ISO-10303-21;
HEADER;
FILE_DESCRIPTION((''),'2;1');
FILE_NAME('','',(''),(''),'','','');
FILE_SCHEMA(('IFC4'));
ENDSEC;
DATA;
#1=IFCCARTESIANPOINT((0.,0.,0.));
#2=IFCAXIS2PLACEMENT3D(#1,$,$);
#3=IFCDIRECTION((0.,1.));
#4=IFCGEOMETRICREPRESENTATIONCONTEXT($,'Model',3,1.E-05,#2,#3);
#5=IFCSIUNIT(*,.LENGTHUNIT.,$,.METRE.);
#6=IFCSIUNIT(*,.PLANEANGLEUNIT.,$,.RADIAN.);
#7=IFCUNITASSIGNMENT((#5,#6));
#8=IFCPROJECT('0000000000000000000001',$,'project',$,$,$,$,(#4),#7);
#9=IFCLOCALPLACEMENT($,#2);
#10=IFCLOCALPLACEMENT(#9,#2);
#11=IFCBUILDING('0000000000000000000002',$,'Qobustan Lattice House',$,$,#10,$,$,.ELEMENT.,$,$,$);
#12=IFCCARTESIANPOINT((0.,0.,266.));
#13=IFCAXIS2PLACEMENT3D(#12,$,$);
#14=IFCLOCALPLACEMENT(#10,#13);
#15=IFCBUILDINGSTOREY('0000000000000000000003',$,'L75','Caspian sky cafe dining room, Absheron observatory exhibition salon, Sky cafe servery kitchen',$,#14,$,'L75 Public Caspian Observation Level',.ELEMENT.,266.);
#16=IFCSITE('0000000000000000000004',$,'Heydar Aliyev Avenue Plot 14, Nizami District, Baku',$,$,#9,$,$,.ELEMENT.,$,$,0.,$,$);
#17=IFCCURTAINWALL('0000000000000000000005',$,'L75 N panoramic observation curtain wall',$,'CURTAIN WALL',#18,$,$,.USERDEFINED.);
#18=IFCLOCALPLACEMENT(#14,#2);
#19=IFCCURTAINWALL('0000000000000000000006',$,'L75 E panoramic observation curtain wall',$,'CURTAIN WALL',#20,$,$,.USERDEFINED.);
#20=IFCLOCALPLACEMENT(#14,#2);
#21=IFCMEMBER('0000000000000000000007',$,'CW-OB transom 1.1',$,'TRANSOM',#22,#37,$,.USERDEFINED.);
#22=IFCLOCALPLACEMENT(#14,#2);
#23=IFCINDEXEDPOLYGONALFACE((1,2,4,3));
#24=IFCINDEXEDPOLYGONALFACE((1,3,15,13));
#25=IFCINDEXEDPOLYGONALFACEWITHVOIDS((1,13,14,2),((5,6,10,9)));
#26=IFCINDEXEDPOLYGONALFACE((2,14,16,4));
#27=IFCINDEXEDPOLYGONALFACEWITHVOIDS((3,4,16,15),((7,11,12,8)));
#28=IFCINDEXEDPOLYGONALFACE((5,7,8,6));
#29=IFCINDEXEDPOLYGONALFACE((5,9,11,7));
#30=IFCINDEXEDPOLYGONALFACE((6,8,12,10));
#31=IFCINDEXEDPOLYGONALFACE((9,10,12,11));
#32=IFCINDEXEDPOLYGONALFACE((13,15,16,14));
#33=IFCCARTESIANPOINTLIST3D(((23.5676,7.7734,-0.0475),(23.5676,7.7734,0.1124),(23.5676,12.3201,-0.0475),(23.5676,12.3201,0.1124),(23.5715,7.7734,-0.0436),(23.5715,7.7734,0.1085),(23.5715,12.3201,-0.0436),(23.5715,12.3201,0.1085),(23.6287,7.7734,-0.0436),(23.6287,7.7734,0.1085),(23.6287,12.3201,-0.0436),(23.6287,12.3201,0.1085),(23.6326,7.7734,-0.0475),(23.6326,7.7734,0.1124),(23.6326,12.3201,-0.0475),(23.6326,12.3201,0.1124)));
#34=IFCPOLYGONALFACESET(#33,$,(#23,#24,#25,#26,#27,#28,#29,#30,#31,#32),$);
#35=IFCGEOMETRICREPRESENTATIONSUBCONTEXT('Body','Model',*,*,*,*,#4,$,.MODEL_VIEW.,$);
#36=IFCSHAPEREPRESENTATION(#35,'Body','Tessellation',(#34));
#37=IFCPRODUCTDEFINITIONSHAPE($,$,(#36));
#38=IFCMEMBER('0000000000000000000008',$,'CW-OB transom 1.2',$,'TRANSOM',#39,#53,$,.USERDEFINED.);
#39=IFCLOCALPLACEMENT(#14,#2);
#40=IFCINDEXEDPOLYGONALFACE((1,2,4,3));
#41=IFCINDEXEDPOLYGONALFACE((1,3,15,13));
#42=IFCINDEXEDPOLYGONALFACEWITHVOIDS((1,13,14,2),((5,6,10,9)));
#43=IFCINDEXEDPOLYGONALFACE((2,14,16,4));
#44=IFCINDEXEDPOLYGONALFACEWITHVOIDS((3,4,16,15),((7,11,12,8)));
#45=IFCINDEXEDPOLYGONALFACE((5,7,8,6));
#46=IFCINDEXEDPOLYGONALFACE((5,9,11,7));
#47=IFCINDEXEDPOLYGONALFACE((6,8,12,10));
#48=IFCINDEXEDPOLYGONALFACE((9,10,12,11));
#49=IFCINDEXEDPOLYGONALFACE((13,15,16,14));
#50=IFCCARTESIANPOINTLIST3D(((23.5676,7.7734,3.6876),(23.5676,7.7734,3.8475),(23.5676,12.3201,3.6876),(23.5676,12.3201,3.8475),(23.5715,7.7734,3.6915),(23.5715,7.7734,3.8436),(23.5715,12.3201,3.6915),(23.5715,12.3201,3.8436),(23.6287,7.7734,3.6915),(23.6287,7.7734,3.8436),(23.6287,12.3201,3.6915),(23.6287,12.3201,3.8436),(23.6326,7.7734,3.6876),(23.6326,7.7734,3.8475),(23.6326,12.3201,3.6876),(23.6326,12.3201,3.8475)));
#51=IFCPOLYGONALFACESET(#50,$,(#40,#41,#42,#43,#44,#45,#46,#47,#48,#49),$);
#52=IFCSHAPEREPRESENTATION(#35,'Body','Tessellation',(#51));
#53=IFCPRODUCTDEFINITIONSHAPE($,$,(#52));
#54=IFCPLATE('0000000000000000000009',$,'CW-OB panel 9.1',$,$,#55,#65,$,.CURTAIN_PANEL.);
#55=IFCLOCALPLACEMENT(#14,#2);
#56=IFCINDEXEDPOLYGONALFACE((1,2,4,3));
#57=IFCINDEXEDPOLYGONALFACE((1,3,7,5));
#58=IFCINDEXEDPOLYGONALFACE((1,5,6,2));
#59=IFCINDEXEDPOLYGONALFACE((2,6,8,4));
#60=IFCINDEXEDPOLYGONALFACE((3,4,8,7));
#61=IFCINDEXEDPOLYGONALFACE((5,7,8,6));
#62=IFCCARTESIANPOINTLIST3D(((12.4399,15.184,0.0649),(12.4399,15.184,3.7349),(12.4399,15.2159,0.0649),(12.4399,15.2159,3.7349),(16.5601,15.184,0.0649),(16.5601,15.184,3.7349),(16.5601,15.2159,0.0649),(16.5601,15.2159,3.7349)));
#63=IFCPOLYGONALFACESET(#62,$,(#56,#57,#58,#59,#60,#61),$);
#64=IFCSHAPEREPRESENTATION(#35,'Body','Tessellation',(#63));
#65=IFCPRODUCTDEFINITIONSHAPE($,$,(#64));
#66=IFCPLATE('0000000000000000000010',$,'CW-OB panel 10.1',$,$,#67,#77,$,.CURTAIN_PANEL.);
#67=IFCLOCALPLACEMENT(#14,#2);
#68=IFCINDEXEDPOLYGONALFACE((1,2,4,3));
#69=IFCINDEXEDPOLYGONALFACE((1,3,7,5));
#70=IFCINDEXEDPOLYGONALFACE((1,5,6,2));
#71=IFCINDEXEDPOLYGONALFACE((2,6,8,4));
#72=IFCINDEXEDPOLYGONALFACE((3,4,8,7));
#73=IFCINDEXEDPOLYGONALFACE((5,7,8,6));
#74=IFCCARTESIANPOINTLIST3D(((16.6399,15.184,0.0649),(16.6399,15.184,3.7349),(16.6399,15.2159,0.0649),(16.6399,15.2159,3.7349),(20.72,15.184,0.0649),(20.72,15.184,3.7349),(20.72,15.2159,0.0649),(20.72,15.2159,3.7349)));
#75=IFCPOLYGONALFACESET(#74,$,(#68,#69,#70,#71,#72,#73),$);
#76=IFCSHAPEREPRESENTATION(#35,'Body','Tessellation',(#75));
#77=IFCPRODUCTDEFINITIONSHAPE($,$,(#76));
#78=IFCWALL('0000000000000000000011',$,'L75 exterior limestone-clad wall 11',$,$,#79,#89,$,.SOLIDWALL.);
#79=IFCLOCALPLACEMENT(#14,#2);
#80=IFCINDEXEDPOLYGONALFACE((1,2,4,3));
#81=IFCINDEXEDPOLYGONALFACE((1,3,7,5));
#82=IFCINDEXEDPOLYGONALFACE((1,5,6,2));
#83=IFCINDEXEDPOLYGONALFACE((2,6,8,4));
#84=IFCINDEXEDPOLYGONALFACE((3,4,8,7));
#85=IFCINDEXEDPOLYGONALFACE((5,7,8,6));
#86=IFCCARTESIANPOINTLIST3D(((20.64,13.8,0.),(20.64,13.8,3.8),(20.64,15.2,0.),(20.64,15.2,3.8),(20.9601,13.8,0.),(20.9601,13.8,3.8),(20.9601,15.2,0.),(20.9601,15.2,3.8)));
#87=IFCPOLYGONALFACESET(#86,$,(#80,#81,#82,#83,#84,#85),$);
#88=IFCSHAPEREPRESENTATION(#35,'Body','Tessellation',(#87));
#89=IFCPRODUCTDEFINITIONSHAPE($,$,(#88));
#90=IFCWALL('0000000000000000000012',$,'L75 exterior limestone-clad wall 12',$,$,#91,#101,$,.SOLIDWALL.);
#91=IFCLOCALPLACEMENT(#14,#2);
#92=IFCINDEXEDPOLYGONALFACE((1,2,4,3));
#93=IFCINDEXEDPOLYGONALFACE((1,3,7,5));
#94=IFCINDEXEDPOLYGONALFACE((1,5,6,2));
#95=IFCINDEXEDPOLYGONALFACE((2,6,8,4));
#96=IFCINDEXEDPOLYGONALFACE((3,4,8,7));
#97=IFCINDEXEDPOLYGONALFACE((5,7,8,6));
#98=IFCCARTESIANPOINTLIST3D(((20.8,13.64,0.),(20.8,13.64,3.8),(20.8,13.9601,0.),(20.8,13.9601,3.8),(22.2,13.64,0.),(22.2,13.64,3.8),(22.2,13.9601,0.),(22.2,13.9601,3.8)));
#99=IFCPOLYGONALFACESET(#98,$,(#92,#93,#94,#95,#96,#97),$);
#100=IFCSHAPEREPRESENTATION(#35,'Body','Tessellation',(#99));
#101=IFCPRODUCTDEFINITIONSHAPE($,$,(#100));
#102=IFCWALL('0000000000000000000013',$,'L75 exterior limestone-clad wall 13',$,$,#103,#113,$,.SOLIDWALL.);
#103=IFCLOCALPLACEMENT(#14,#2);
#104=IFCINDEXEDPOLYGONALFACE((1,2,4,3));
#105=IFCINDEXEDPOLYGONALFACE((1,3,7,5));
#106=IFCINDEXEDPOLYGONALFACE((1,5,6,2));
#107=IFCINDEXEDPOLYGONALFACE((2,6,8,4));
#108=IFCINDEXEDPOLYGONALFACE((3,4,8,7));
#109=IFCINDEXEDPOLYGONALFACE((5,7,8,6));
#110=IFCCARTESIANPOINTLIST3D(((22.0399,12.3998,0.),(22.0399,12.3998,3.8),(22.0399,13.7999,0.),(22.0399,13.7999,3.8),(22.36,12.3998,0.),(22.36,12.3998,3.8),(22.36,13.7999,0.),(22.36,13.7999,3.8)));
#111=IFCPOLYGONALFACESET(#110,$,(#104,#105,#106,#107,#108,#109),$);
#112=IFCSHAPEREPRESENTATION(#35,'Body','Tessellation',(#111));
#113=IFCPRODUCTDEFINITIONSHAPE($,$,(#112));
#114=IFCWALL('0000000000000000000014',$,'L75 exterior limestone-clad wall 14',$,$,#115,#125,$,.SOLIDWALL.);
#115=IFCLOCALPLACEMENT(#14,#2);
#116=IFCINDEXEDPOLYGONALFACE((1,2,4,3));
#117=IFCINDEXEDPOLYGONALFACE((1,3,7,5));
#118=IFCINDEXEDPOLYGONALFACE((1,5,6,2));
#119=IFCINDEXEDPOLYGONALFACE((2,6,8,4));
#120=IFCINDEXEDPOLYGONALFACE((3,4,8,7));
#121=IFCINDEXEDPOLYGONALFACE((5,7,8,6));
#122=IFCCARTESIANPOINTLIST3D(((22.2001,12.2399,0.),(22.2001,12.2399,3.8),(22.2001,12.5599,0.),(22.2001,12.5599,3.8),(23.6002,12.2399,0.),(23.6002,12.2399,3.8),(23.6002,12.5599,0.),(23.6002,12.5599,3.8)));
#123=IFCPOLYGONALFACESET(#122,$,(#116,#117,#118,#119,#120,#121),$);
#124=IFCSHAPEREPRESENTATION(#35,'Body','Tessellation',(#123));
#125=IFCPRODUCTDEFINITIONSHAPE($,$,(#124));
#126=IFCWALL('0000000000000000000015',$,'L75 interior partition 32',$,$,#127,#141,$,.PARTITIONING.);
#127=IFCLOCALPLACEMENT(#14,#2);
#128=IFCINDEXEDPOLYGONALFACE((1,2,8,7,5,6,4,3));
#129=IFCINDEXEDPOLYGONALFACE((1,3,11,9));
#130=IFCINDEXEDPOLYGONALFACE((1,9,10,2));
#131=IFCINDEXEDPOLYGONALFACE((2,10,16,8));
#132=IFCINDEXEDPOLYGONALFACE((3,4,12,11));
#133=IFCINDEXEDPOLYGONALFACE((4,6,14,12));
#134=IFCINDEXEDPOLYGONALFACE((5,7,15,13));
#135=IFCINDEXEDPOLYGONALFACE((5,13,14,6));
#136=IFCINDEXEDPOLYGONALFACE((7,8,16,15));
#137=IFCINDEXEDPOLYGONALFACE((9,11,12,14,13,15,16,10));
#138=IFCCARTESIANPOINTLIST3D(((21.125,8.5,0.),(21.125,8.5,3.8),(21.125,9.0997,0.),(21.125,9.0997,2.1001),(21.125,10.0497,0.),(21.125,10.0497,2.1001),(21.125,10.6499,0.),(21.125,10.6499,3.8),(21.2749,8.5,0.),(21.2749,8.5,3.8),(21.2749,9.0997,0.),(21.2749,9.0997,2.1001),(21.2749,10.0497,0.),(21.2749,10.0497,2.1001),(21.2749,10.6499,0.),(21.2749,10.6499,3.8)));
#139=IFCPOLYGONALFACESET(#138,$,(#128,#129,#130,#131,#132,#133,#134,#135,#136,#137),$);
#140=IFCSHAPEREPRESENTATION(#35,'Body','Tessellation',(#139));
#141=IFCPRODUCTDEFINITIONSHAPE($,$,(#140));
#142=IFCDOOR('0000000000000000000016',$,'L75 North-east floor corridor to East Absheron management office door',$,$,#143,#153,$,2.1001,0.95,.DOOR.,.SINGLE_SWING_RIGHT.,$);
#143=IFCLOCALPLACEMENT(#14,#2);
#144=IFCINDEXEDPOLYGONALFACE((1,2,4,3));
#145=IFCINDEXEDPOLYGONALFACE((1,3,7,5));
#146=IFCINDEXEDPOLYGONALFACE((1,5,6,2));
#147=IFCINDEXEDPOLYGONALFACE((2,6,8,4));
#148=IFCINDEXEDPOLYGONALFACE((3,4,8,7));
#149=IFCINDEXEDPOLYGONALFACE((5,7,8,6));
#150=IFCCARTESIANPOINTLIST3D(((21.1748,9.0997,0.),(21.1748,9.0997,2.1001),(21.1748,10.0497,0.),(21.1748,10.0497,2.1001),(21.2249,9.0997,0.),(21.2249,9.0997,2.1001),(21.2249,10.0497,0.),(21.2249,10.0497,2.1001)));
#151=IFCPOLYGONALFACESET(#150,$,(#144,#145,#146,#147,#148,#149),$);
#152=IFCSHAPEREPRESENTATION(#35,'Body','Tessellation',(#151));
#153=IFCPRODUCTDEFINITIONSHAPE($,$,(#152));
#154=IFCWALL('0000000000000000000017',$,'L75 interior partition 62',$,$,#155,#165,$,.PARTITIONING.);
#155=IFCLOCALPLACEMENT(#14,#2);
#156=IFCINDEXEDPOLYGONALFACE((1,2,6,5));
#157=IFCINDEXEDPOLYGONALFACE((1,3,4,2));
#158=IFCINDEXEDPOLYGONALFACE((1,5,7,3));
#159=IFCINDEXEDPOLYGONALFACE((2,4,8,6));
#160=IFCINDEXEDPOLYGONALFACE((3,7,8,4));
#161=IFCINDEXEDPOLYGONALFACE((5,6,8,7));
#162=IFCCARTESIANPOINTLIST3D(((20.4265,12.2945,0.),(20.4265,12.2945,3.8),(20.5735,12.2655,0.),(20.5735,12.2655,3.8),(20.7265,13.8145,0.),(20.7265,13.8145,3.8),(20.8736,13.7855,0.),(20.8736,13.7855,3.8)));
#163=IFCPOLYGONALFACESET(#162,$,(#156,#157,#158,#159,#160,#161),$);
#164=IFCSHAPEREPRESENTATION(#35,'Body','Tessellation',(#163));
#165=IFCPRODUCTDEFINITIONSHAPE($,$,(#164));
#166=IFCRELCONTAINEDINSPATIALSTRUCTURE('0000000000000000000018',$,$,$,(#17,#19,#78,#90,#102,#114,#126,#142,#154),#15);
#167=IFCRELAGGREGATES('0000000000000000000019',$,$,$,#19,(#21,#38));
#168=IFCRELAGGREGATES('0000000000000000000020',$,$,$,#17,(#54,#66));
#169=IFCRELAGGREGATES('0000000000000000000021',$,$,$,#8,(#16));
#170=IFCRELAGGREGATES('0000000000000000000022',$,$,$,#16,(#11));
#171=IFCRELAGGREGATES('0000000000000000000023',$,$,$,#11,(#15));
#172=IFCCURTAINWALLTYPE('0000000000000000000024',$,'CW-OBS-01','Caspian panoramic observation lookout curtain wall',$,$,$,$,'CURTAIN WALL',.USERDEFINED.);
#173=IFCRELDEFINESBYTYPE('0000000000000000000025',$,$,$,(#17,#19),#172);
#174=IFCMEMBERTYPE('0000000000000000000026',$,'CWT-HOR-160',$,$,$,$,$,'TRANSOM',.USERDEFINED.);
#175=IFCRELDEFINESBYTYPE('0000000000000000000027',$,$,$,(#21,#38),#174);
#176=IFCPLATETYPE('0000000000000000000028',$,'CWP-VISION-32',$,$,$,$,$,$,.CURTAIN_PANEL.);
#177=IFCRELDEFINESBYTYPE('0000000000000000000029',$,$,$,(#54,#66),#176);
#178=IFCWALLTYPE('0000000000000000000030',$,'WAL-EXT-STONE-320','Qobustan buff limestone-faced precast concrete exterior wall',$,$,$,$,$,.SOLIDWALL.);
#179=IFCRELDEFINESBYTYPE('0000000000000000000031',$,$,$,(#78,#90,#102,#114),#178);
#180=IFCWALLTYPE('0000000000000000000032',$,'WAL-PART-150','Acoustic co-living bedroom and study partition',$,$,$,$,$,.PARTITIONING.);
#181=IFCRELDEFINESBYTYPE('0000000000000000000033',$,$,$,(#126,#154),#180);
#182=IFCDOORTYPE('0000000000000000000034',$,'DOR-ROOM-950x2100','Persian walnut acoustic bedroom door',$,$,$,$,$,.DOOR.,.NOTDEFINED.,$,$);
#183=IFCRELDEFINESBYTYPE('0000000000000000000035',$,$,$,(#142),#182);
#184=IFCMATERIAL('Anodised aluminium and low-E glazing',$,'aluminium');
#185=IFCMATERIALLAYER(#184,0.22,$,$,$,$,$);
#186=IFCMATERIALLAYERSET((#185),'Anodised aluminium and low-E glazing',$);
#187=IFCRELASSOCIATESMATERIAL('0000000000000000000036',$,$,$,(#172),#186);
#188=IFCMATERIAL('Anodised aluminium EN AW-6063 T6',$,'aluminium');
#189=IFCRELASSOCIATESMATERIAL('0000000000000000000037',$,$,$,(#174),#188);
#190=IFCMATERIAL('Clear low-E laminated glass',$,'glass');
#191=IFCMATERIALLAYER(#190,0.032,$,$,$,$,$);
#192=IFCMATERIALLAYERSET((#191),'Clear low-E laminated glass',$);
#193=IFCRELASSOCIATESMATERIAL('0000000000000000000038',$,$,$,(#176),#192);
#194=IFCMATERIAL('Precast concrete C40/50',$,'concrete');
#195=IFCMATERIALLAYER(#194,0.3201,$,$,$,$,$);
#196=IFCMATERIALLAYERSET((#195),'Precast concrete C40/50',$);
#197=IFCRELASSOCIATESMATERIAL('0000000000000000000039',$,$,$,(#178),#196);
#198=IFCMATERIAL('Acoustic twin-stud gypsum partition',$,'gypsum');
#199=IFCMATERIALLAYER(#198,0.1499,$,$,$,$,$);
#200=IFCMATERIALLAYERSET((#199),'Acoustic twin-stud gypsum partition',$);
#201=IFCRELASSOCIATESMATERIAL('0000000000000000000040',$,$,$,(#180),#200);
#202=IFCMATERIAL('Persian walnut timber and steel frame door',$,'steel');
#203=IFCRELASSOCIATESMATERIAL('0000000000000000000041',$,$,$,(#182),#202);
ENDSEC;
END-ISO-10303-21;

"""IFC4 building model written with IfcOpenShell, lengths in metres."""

from ifc_helpers import new_model, si_unit, direction, frame, frame_2d, origin, origin_2d, place, context, subcontext, project, spatial, rectangle, hollow_rectangle, extrude, material, layer, layer_set, material_profile, profile_set, type_object, element, fill, aggregate, save


model = new_model("IFC4")

# Units and contexts
model_context = context("Model", 3, precision=1e-05, world=origin(), true_north=direction((0.0, 1.0)))
body_context = subcontext(model_context, "Body", "Model", "MODEL_VIEW")
ifc_project = project(units=[si_unit("LENGTHUNIT", "METRE"), si_unit("PLANEANGLEUNIT", "RADIAN")], contexts=[model_context])

# Site, building, storey
site_placement = place(None, origin())
site = spatial("IfcSite", under=ifc_project, at=site_placement, Name="Heydar Aliyev Avenue Plot 14, Nizami District, Baku", CompositionType="ELEMENT", RefElevation=0.0)
building_placement = place(site_placement, origin())
building = spatial("IfcBuilding", under=site, at=building_placement, Name="Qobustan Lattice House", CompositionType="ELEMENT")
storey_placement = place(building_placement, frame((0.0, 0.0, 266.0)))
storey = spatial("IfcBuildingStorey", under=building, at=storey_placement, Name="L75", Description="Caspian sky cafe dining room, Absheron observatory exhibition salon, Sky cafe servery kitchen", LongName="L75 Public Caspian Observation Level", CompositionType="ELEMENT", Elevation=266.0)

# Curtain wall
ifc_material_1 = material(Name="Anodised aluminium and low-E glazing", Category="aluminium")
ifc_layer_1 = layer(ifc_material_1, 0.22)
ifc_layer_set_1 = layer_set([ifc_layer_1], Name="Anodised aluminium and low-E glazing")
curtain_wall_type = type_object("IfcCurtainWallType", Name="CW-OBS-01", Description="Caspian panoramic observation lookout curtain wall", ElementType="CURTAIN WALL", PredefinedType="USERDEFINED", material=ifc_layer_set_1)
curtain_wall_1_placement = place(storey_placement, origin())
curtain_wall_1 = element("IfcCurtainWall", 1, at=curtain_wall_1_placement, inside=storey, type_object=curtain_wall_type, Name="L75 N panoramic observation curtain wall", ObjectType="CURTAIN WALL", PredefinedType="USERDEFINED")

# Curtain wall
curtain_wall_2_placement = place(storey_placement, origin())
curtain_wall_2 = element("IfcCurtainWall", 2, at=curtain_wall_2_placement, inside=storey, type_object=curtain_wall_type, Name="L75 E panoramic observation curtain wall", ObjectType="CURTAIN WALL", PredefinedType="USERDEFINED")

# Members
ifc_material_2 = material(Name="Anodised aluminium EN AW-6063 T6", Category="aluminium")
ifc_material_profile_1 = material_profile(ifc_material_2, hollow_rectangle(XDim=0.0649, YDim=0.1599, WallThickness=0.0039, at=origin_2d()), Name="CWT-160x65")
ifc_profile_set_1 = profile_set([ifc_material_profile_1], Name="Anodised aluminium EN AW-6063 T6")
member_type_1 = type_object("IfcMemberType", Name="CWT-HOR-160", ElementType="TRANSOM", PredefinedType="USERDEFINED", material=ifc_profile_set_1)
member_1_placement = place(storey_placement, frame((23.6001, 12.3201, 0.0325), z_axis=(0.0, -1.0, 0.0), x_axis=(1.0, 0.0, 0.0)))
member_1 = element("IfcMember", 3, at=member_1_placement, type_object=member_type_1, Name="CW-OB transom 1.1", ObjectType="TRANSOM", PredefinedType="USERDEFINED", context=body_context, shape_type="SweptSolid", body=[
    extrude(hollow_rectangle(XDim=0.0649, YDim=0.1599, WallThickness=0.0039, at=origin_2d()), origin(), (0.0, 0.0, 1.0), 4.5466),
])
member_2_placement = place(storey_placement, frame((23.6001, 12.3201, 3.7676), z_axis=(0.0, -1.0, 0.0), x_axis=(1.0, 0.0, 0.0)))
member_2 = element("IfcMember", 4, at=member_2_placement, type_object=member_type_1, Name="CW-OB transom 1.2", ObjectType="TRANSOM", PredefinedType="USERDEFINED", context=body_context, shape_type="SweptSolid", body=[
    extrude(hollow_rectangle(XDim=0.0649, YDim=0.1599, WallThickness=0.0039, at=origin_2d()), origin(), (0.0, 0.0, 1.0), 4.5466),
])
aggregate(curtain_wall_2, [member_1, member_2])

# Plates
ifc_material_3 = material(Name="Clear low-E laminated glass", Category="glass")
ifc_layer_2 = layer(ifc_material_3, 0.032)
ifc_layer_set_2 = layer_set([ifc_layer_2], Name="Clear low-E laminated glass")
plate_type = type_object("IfcPlateType", Name="CWP-VISION-32", PredefinedType="CURTAIN_PANEL", material=ifc_layer_set_2)
plate_1_placement = place(storey_placement, frame((14.5, 15.2, 0.0649), z_axis=(0.0, 0.0, 1.0), x_axis=(1.0, 0.0, 0.0)))
plate_1 = element("IfcPlate", 5, at=plate_1_placement, type_object=plate_type, Name="CW-OB panel 9.1", PredefinedType="CURTAIN_PANEL", context=body_context, shape_type="SweptSolid", body=[
    extrude(rectangle(XDim=4.1201, YDim=0.032, at=origin_2d()), origin(), (0.0, 0.0, 1.0), 3.6699),
])
plate_2_placement = place(storey_placement, frame((18.6799, 15.2, 0.0649), z_axis=(0.0, 0.0, 1.0), x_axis=(1.0, 0.0, 0.0)))
plate_2 = element("IfcPlate", 6, at=plate_2_placement, type_object=plate_type, Name="CW-OB panel 10.1", PredefinedType="CURTAIN_PANEL", context=body_context, shape_type="SweptSolid", body=[
    extrude(rectangle(XDim=4.0801, YDim=0.032, at=origin_2d()), origin(), (0.0, 0.0, 1.0), 3.6699),
])
aggregate(curtain_wall_1, [plate_1, plate_2])

# Walls
ifc_material_4 = material(Name="Precast concrete C40/50", Category="concrete")
ifc_layer_3 = layer(ifc_material_4, 0.3201)
ifc_layer_set_3 = layer_set([ifc_layer_3], Name="Precast concrete C40/50")
wall_type_1 = type_object("IfcWallType", Name="WAL-EXT-STONE-320", Description="Qobustan buff limestone-faced precast concrete exterior wall", PredefinedType="SOLIDWALL", material=ifc_layer_set_3)
for number, where, z_axis, x_axis, name in (
    (7, (20.8, 15.2, 0.0), (0.0, 0.0, 1.0), (0.0, -1.0, 0.0), "L75 exterior limestone-clad wall 11"),
    (8, (20.8, 13.8, 0.0), (0.0, 0.0, 1.0), (1.0, 0.0, 0.0), "L75 exterior limestone-clad wall 12"),
):
    element("IfcWall", number, at=place(storey_placement, frame(where, z_axis=z_axis, x_axis=x_axis)), inside=storey, type_object=wall_type_1, Name=name, PredefinedType="SOLIDWALL", context=body_context, shape_type="SweptSolid", body=[
        extrude(rectangle(XDim=1.3999, YDim=0.3201, at=frame_2d((0.7, 0.0))), origin(), (0.0, 0.0, 1.0), 3.8),
    ])
for number, where, z_axis, x_axis, name in (
    (9, (22.2, 13.8, 0.0), (0.0, 0.0, 1.0), (0.0, -1.0, 0.0), "L75 exterior limestone-clad wall 13"),
    (10, (22.2, 12.3999, 0.0), (0.0, 0.0, 1.0), (1.0, 0.0, 0.0), "L75 exterior limestone-clad wall 14"),
):
    element("IfcWall", number, at=place(storey_placement, frame(where, z_axis=z_axis, x_axis=x_axis)), inside=storey, type_object=wall_type_1, Name=name, PredefinedType="SOLIDWALL", context=body_context, shape_type="SweptSolid", body=[
        extrude(rectangle(XDim=1.4001, YDim=0.3201, at=frame_2d((0.7002, 0.0))), origin(), (0.0, 0.0, 1.0), 3.8),
    ])

# Wall, opening, door
ifc_material_5 = material(Name="Acoustic twin-stud gypsum partition", Category="gypsum")
ifc_layer_4 = layer(ifc_material_5, 0.1499)
ifc_layer_set_4 = layer_set([ifc_layer_4], Name="Acoustic twin-stud gypsum partition")
wall_type_2 = type_object("IfcWallType", Name="WAL-PART-150", Description="Acoustic co-living bedroom and study partition", PredefinedType="PARTITIONING", material=ifc_layer_set_4)
wall_1_placement = place(storey_placement, frame((21.2, 10.6499, 0.0), z_axis=(0.0, 0.0, 1.0), x_axis=(0.0, -1.0, 0.0)))
wall_1 = element("IfcWall", 11, at=wall_1_placement, inside=storey, type_object=wall_type_2, Name="L75 interior partition 32", PredefinedType="PARTITIONING", context=body_context, shape_type="SweptSolid", body=[
    extrude(rectangle(XDim=2.1499, YDim=0.1499, at=frame_2d((1.075, 0.0))), origin(), (0.0, 0.0, 1.0), 3.8),
])
opening_placement = place(wall_1_placement, frame((0.6001, 0.0, 0.0)))
opening = element("IfcOpeningElement", 12, at=opening_placement, cuts=wall_1, PredefinedType="OPENING", context=body_context, shape_type="SweptSolid", body=[
    extrude(rectangle(XDim=0.95, YDim=2.1001, at=frame_2d((0.4751, 1.05))), frame((0.0, 0.085, 0.0), z_axis=(0.0, -1.0, 0.0), x_axis=(1.0, 0.0, 0.0)), (0.0, 0.0, 1.0), 0.1699),
])
ifc_material_6 = material(Name="Persian walnut timber and steel frame door", Category="steel")
door_type = type_object("IfcDoorType", Name="DOR-ROOM-950x2100", Description="Persian walnut acoustic bedroom door", OperationType="NOTDEFINED", PredefinedType="DOOR", material=ifc_material_6)
door_placement = place(opening_placement, origin())
door = element("IfcDoor", 13, at=door_placement, inside=storey, type_object=door_type, Name="L75 North-east floor corridor to East Absheron management office door", OperationType="SINGLE_SWING_RIGHT", OverallHeight=2.1001, OverallWidth=0.95, PredefinedType="DOOR", context=body_context, shape_type="SweptSolid", body=[
    extrude(rectangle(XDim=0.95, YDim=2.1001, at=frame_2d((0.4751, 1.05))), frame((0.0, 0.0249, 0.0), z_axis=(0.0, -1.0, 0.0), x_axis=(1.0, 0.0, 0.0)), (0.0, 0.0, 1.0), 0.05),
])
fill(opening, door)

# Wall
wall_2_placement = place(storey_placement, frame((20.5, 12.28, 0.0), z_axis=(0.0, 0.0, 1.0), x_axis=(0.193661, 0.981069, 0.0)))
element("IfcWall", 14, at=wall_2_placement, inside=storey, type_object=wall_type_2, Name="L75 interior partition 62", PredefinedType="PARTITIONING", context=body_context, shape_type="SweptSolid", body=[
    extrude(rectangle(XDim=1.5493, YDim=0.1499, at=frame_2d((0.7747, 0.0))), origin(), (0.0, 0.0, 1.0), 3.8),
])

save(model, "model.ifc")
